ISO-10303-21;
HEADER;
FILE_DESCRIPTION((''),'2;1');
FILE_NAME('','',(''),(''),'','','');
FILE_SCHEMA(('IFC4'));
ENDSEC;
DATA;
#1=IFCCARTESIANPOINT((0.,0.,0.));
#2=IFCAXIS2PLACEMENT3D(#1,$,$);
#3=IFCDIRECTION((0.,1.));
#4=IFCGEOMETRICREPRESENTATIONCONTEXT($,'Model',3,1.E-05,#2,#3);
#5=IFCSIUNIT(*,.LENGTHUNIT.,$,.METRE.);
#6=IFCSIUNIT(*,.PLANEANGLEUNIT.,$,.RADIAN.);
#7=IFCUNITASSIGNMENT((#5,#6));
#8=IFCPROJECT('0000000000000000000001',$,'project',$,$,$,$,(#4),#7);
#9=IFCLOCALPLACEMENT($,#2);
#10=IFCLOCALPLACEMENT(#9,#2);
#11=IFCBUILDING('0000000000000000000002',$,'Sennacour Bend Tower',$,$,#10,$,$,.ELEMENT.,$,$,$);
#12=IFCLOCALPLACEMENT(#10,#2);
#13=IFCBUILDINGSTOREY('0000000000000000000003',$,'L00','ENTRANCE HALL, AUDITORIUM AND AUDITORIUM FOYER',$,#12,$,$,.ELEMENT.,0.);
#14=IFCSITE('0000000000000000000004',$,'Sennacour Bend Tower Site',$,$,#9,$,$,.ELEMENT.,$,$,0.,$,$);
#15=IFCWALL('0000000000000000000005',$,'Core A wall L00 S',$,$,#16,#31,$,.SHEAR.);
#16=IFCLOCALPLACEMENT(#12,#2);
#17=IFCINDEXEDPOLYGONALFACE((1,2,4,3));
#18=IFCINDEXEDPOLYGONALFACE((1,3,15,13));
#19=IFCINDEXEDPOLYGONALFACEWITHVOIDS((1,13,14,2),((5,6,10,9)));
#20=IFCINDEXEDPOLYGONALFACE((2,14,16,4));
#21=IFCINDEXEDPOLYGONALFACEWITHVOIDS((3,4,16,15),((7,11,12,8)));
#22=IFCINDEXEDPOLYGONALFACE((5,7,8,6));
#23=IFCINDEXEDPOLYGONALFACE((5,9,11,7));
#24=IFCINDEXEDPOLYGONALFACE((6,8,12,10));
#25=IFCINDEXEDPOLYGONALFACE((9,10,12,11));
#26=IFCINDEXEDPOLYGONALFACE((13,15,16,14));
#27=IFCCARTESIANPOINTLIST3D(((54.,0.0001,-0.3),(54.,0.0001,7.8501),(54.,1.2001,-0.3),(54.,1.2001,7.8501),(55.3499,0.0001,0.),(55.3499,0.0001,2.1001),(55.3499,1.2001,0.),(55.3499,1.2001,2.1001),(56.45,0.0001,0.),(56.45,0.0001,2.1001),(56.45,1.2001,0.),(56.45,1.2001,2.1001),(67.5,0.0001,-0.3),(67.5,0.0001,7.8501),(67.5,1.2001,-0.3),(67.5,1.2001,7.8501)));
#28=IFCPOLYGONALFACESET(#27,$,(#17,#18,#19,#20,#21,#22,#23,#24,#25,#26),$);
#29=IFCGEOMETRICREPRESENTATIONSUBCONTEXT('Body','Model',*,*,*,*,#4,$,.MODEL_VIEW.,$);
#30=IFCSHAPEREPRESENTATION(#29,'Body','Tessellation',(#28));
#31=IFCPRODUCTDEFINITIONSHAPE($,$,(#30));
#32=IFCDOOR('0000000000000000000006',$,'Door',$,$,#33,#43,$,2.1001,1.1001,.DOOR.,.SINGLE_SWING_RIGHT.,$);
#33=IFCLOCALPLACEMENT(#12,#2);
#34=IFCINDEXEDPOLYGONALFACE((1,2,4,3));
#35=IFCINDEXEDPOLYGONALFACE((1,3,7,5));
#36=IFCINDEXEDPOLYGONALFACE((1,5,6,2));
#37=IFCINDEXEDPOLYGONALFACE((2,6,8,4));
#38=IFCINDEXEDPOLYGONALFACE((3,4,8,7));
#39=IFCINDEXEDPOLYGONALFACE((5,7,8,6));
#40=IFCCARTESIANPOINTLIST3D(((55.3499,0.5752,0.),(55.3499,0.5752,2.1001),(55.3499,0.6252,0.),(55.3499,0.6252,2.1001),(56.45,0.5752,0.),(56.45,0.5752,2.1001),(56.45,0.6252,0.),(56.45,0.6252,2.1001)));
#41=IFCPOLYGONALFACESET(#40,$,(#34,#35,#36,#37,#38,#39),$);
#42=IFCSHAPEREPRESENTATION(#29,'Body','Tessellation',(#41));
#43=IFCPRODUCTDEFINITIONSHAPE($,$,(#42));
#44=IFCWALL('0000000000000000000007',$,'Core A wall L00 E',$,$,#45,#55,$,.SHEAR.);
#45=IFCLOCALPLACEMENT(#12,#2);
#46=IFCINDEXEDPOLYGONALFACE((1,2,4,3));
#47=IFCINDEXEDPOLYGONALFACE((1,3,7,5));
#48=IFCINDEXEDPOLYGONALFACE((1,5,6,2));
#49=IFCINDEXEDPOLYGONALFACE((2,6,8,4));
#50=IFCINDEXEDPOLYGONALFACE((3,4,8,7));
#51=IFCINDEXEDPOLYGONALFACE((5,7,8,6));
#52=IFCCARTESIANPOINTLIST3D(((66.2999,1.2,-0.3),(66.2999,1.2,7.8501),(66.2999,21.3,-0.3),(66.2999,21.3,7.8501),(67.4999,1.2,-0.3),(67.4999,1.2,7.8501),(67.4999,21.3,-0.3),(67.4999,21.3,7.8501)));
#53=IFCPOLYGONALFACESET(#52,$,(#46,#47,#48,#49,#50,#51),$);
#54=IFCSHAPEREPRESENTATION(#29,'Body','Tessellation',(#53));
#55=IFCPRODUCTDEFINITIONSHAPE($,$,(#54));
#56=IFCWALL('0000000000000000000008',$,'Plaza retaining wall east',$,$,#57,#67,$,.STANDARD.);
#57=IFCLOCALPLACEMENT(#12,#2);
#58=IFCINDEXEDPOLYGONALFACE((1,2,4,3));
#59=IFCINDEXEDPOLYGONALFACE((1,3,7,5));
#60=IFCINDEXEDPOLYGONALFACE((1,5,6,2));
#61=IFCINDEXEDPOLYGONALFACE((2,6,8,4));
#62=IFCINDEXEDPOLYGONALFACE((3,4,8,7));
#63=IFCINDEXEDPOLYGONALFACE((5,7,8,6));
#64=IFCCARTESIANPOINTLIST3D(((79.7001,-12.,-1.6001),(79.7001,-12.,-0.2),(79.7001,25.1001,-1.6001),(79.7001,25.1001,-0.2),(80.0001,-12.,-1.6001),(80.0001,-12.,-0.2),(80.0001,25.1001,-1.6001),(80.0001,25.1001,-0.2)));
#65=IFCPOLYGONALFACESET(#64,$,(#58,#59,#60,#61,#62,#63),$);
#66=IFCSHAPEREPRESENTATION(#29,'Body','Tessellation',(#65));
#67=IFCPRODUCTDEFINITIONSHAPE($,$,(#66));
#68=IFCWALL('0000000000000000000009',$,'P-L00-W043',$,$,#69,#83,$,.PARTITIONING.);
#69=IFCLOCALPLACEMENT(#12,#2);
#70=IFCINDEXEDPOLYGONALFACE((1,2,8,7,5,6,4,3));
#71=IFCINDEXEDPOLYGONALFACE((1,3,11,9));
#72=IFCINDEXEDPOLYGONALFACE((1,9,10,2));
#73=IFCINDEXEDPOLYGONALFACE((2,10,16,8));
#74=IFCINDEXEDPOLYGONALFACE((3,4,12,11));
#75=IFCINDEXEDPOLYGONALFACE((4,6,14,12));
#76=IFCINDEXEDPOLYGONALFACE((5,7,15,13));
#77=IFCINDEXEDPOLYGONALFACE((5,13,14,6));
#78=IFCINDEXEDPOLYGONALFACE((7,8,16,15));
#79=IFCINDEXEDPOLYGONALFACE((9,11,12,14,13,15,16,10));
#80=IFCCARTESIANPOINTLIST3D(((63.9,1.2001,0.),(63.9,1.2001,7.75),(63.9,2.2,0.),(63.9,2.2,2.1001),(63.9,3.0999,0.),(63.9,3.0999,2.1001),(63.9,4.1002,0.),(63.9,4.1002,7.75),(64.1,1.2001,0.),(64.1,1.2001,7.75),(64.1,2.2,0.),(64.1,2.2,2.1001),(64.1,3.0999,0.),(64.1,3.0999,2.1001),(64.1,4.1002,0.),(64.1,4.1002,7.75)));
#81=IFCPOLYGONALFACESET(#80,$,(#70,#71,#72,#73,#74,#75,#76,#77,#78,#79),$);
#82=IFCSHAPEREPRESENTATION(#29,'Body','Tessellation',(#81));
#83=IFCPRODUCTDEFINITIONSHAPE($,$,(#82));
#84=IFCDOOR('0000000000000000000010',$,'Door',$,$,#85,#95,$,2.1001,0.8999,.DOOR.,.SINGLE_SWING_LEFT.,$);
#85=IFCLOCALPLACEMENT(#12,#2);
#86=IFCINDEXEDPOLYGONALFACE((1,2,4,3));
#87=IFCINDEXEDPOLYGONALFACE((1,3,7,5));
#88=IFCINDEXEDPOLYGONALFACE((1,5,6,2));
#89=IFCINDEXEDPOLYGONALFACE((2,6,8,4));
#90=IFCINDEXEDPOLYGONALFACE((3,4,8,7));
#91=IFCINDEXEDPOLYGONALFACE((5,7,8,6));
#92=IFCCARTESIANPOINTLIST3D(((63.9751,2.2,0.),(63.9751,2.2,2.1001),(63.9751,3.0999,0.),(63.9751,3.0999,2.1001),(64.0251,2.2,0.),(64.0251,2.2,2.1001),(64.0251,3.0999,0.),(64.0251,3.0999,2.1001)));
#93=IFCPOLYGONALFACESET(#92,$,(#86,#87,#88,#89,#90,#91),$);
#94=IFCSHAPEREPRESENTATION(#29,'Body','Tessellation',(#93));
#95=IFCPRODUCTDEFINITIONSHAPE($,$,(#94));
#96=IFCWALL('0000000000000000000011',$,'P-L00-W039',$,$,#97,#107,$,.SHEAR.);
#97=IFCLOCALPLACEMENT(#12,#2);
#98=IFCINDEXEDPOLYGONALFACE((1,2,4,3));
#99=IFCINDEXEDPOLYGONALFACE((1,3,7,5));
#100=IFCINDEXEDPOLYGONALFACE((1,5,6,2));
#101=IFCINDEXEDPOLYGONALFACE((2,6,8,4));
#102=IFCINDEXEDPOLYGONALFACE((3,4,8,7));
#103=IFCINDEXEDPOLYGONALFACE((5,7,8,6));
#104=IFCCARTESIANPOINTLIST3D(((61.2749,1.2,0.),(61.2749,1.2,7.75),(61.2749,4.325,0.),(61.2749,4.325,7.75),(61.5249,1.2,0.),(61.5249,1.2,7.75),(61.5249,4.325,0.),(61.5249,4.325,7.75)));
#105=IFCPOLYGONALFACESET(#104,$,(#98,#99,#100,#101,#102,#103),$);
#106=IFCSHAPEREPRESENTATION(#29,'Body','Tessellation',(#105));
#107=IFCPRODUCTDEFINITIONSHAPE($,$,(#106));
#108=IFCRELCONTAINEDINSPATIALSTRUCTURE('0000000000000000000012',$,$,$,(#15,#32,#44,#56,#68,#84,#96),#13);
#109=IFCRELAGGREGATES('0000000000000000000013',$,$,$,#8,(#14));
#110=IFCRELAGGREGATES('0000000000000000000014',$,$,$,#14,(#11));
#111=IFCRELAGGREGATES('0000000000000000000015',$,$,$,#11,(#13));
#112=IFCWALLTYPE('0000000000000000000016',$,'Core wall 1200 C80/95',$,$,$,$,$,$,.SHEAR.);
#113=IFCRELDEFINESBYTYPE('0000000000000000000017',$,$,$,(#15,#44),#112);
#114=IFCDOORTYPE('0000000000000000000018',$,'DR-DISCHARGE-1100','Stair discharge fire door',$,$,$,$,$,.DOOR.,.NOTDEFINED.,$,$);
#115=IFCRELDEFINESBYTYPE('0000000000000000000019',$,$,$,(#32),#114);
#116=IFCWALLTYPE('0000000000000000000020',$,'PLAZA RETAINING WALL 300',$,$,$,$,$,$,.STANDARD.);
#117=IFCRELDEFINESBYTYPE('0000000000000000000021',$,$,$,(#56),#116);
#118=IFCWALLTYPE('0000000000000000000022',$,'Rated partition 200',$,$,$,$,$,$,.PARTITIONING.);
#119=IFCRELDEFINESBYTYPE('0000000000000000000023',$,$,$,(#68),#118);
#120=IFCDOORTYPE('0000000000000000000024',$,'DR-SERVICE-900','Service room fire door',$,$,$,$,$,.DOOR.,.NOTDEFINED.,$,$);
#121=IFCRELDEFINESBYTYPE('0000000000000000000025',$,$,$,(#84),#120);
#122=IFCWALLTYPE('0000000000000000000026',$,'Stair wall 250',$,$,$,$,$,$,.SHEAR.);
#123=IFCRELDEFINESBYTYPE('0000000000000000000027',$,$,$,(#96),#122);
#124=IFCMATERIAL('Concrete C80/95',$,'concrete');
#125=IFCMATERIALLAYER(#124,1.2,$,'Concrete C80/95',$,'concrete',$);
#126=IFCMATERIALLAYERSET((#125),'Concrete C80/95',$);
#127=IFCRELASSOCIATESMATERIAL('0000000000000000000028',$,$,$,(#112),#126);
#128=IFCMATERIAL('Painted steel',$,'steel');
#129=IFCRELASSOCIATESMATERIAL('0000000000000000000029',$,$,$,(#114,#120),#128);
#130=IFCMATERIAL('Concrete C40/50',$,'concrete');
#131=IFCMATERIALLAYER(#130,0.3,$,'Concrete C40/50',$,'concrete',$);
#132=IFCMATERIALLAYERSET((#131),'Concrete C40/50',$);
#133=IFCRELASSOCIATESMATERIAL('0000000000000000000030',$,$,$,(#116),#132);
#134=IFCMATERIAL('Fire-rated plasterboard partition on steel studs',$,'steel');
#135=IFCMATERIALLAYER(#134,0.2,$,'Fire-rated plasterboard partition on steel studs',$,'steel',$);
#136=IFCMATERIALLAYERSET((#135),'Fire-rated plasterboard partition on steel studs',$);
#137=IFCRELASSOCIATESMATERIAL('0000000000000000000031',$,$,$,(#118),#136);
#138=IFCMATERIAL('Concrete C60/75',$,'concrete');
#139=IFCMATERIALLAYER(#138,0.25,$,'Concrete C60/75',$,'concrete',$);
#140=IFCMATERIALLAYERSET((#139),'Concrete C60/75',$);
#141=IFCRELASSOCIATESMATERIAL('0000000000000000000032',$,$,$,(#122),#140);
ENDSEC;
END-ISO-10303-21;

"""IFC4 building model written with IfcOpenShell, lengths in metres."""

from ifc_helpers import new_model, si_unit, direction, frame, frame_2d, origin, place, context, subcontext, project, spatial, rectangle, extrude, material, layer, layer_set, type_object, element, fill, save


model = new_model("IFC4")

# Units and contexts
model_context = context("Model", 3, precision=1e-05, world=origin(), true_north=direction((0.0, 1.0)))
body_context = subcontext(model_context, "Body", "Model", "MODEL_VIEW")
ifc_project = project(units=[si_unit("LENGTHUNIT", "METRE"), si_unit("PLANEANGLEUNIT", "RADIAN")], contexts=[model_context])

# Site, building, storey
site_placement = place(None, origin())
site = spatial("IfcSite", under=ifc_project, at=site_placement, Name="Sennacour Bend Tower Site", CompositionType="ELEMENT", RefElevation=0.0)
building_placement = place(site_placement, origin())
building = spatial("IfcBuilding", under=site, at=building_placement, Name="Sennacour Bend Tower", CompositionType="ELEMENT")
storey_placement = place(building_placement, origin())
storey = spatial("IfcBuildingStorey", under=building, at=storey_placement, Name="L00", Description="ENTRANCE HALL, AUDITORIUM AND AUDITORIUM FOYER", CompositionType="ELEMENT", Elevation=0.0)

# Wall, opening, door
ifc_material_1 = material(Name="Concrete C80/95", Category="concrete")
ifc_layer_1 = layer(ifc_material_1, 1.2, Name="Concrete C80/95", Category="concrete")
ifc_layer_set_1 = layer_set([ifc_layer_1], Name="Concrete C80/95")
wall_type_1 = type_object("IfcWallType", Name="Core wall 1200 C80/95", PredefinedType="SHEAR", material=ifc_layer_set_1)
wall_1_placement = place(storey_placement, frame((67.5, 0.6001, -0.3), z_axis=(0.0, 0.0, 1.0), x_axis=(-1.0, 0.0, 0.0)))
wall_1 = element("IfcWall", 1, at=wall_1_placement, inside=storey, type_object=wall_type_1, Name="Core A wall L00 S", PredefinedType="SHEAR", context=body_context, shape_type="SweptSolid", body=[
    extrude(rectangle(XDim=13.5, YDim=1.2, at=frame_2d((6.75, 0.0))), origin(), (0.0, 0.0, 1.0), 8.1501),
])
opening_1_placement = place(wall_1_placement, frame((11.05, 0.0, 0.3)))
opening_1 = element("IfcOpeningElement", 2, at=opening_1_placement, cuts=wall_1, PredefinedType="OPENING", context=body_context, shape_type="SweptSolid", body=[
    extrude(rectangle(XDim=1.1001, YDim=2.1001, at=frame_2d((0.55, 1.05))), frame((0.0, 0.6099, 0.0), z_axis=(0.0, -1.0, 0.0), x_axis=(1.0, 0.0, 0.0)), (0.0, 0.0, 1.0), 1.22),
])
ifc_material_2 = material(Name="Painted steel", Category="steel")
door_type_1 = type_object("IfcDoorType", Name="DR-DISCHARGE-1100", Description="Stair discharge fire door", OperationType="NOTDEFINED", PredefinedType="DOOR", material=ifc_material_2)
door_1_placement = place(opening_1_placement, origin())
door_1 = element("IfcDoor", 3, at=door_1_placement, inside=storey, type_object=door_type_1, Name="Door", OperationType="SINGLE_SWING_RIGHT", OverallHeight=2.1001, OverallWidth=1.1001, PredefinedType="DOOR", context=body_context, shape_type="SweptSolid", body=[
    extrude(rectangle(XDim=1.1001, YDim=2.1001, at=frame_2d((0.55, 1.05))), frame((0.0, 0.0249, 0.0), z_axis=(0.0, -1.0, 0.0), x_axis=(1.0, 0.0, 0.0)), (0.0, 0.0, 1.0), 0.05),
])
fill(opening_1, door_1)

# Walls
wall_2_placement = place(storey_placement, frame((66.8999, 1.2, -0.3), z_axis=(0.0, 0.0, 1.0), x_axis=(0.0, 1.0, 0.0)))
element("IfcWall", 4, at=wall_2_placement, inside=storey, type_object=wall_type_1, Name="Core A wall L00 E", PredefinedType="SHEAR", context=body_context, shape_type="SweptSolid", body=[
    extrude(rectangle(XDim=20.1001, YDim=1.2, at=frame_2d((10.05, 0.0))), origin(), (0.0, 0.0, 1.0), 8.1501),
])
ifc_material_3 = material(Name="Concrete C40/50", Category="concrete")
ifc_layer_2 = layer(ifc_material_3, 0.3, Name="Concrete C40/50", Category="concrete")
ifc_layer_set_2 = layer_set([ifc_layer_2], Name="Concrete C40/50")
wall_type_2 = type_object("IfcWallType", Name="PLAZA RETAINING WALL 300", PredefinedType="STANDARD", material=ifc_layer_set_2)
wall_3_placement = place(storey_placement, frame((79.8501, -12.0, -1.6001), z_axis=(0.0, 0.0, 1.0), x_axis=(0.0, 1.0, 0.0)))
element("IfcWall", 5, at=wall_3_placement, inside=storey, type_object=wall_type_2, Name="Plaza retaining wall east", PredefinedType="STANDARD", context=body_context, shape_type="SweptSolid", body=[
    extrude(rectangle(XDim=37.1001, YDim=0.3, at=frame_2d((18.55, 0.0))), origin(), (0.0, 0.0, 1.0), 1.4001),
])

# Wall, opening, door
ifc_material_4 = material(Name="Fire-rated plasterboard partition on steel studs", Category="steel")
ifc_layer_3 = layer(ifc_material_4, 0.2, Name="Fire-rated plasterboard partition on steel studs", Category="steel")
ifc_layer_set_3 = layer_set([ifc_layer_3], Name="Fire-rated plasterboard partition on steel studs")
wall_type_3 = type_object("IfcWallType", Name="Rated partition 200", PredefinedType="PARTITIONING", material=ifc_layer_set_3)
wall_4_placement = place(storey_placement, frame((64.0, 1.2, 0.0), z_axis=(0.0, 0.0, 1.0), x_axis=(0.0, 1.0, 0.0)))
wall_4 = element("IfcWall", 6, at=wall_4_placement, inside=storey, type_object=wall_type_3, Name="P-L00-W043", PredefinedType="PARTITIONING", context=body_context, shape_type="SweptSolid", body=[
    extrude(rectangle(XDim=2.9001, YDim=0.2, at=frame_2d((1.4502, 0.0))), origin(), (0.0, 0.0, 1.0), 7.75),
])
opening_2_placement = place(wall_4_placement, frame((1.0, 0.0, 0.0)))
opening_2 = element("IfcOpeningElement", 7, at=opening_2_placement, cuts=wall_4, PredefinedType="OPENING", context=body_context, shape_type="SweptSolid", body=[
    extrude(rectangle(XDim=0.8999, YDim=2.1001, at=frame_2d((0.45, 1.05))), frame((0.0, 0.1099, 0.0), z_axis=(0.0, -1.0, 0.0), x_axis=(1.0, 0.0, 0.0)), (0.0, 0.0, 1.0), 0.22),
])
door_type_2 = type_object("IfcDoorType", Name="DR-SERVICE-900", Description="Service room fire door", OperationType="NOTDEFINED", PredefinedType="DOOR", material=ifc_material_2)
door_2_placement = place(opening_2_placement, origin())
door_2 = element("IfcDoor", 8, at=door_2_placement, inside=storey, type_object=door_type_2, Name="Door", OperationType="SINGLE_SWING_LEFT", OverallHeight=2.1001, OverallWidth=0.8999, PredefinedType="DOOR", context=body_context, shape_type="SweptSolid", body=[
    extrude(rectangle(XDim=0.8999, YDim=2.1001, at=frame_2d((0.45, 1.05))), frame((0.0, 0.0249, 0.0), z_axis=(0.0, -1.0, 0.0), x_axis=(1.0, 0.0, 0.0)), (0.0, 0.0, 1.0), 0.05),
])
fill(opening_2, door_2)

# Wall
ifc_material_5 = material(Name="Concrete C60/75", Category="concrete")
ifc_layer_4 = layer(ifc_material_5, 0.25, Name="Concrete C60/75", Category="concrete")
ifc_layer_set_4 = layer_set([ifc_layer_4], Name="Concrete C60/75")
wall_type_4 = type_object("IfcWallType", Name="Stair wall 250", PredefinedType="SHEAR", material=ifc_layer_set_4)
wall_5_placement = place(storey_placement, frame((61.3999, 1.2, 0.0), z_axis=(0.0, 0.0, 1.0), x_axis=(0.0, 1.0, 0.0)))
element("IfcWall", 9, at=wall_5_placement, inside=storey, type_object=wall_type_4, Name="P-L00-W039", PredefinedType="SHEAR", context=body_context, shape_type="SweptSolid", body=[
    extrude(rectangle(XDim=3.125, YDim=0.25, at=frame_2d((1.5625, 0.0))), origin(), (0.0, 0.0, 1.0), 7.75),
])

save(model, "model.ifc")
